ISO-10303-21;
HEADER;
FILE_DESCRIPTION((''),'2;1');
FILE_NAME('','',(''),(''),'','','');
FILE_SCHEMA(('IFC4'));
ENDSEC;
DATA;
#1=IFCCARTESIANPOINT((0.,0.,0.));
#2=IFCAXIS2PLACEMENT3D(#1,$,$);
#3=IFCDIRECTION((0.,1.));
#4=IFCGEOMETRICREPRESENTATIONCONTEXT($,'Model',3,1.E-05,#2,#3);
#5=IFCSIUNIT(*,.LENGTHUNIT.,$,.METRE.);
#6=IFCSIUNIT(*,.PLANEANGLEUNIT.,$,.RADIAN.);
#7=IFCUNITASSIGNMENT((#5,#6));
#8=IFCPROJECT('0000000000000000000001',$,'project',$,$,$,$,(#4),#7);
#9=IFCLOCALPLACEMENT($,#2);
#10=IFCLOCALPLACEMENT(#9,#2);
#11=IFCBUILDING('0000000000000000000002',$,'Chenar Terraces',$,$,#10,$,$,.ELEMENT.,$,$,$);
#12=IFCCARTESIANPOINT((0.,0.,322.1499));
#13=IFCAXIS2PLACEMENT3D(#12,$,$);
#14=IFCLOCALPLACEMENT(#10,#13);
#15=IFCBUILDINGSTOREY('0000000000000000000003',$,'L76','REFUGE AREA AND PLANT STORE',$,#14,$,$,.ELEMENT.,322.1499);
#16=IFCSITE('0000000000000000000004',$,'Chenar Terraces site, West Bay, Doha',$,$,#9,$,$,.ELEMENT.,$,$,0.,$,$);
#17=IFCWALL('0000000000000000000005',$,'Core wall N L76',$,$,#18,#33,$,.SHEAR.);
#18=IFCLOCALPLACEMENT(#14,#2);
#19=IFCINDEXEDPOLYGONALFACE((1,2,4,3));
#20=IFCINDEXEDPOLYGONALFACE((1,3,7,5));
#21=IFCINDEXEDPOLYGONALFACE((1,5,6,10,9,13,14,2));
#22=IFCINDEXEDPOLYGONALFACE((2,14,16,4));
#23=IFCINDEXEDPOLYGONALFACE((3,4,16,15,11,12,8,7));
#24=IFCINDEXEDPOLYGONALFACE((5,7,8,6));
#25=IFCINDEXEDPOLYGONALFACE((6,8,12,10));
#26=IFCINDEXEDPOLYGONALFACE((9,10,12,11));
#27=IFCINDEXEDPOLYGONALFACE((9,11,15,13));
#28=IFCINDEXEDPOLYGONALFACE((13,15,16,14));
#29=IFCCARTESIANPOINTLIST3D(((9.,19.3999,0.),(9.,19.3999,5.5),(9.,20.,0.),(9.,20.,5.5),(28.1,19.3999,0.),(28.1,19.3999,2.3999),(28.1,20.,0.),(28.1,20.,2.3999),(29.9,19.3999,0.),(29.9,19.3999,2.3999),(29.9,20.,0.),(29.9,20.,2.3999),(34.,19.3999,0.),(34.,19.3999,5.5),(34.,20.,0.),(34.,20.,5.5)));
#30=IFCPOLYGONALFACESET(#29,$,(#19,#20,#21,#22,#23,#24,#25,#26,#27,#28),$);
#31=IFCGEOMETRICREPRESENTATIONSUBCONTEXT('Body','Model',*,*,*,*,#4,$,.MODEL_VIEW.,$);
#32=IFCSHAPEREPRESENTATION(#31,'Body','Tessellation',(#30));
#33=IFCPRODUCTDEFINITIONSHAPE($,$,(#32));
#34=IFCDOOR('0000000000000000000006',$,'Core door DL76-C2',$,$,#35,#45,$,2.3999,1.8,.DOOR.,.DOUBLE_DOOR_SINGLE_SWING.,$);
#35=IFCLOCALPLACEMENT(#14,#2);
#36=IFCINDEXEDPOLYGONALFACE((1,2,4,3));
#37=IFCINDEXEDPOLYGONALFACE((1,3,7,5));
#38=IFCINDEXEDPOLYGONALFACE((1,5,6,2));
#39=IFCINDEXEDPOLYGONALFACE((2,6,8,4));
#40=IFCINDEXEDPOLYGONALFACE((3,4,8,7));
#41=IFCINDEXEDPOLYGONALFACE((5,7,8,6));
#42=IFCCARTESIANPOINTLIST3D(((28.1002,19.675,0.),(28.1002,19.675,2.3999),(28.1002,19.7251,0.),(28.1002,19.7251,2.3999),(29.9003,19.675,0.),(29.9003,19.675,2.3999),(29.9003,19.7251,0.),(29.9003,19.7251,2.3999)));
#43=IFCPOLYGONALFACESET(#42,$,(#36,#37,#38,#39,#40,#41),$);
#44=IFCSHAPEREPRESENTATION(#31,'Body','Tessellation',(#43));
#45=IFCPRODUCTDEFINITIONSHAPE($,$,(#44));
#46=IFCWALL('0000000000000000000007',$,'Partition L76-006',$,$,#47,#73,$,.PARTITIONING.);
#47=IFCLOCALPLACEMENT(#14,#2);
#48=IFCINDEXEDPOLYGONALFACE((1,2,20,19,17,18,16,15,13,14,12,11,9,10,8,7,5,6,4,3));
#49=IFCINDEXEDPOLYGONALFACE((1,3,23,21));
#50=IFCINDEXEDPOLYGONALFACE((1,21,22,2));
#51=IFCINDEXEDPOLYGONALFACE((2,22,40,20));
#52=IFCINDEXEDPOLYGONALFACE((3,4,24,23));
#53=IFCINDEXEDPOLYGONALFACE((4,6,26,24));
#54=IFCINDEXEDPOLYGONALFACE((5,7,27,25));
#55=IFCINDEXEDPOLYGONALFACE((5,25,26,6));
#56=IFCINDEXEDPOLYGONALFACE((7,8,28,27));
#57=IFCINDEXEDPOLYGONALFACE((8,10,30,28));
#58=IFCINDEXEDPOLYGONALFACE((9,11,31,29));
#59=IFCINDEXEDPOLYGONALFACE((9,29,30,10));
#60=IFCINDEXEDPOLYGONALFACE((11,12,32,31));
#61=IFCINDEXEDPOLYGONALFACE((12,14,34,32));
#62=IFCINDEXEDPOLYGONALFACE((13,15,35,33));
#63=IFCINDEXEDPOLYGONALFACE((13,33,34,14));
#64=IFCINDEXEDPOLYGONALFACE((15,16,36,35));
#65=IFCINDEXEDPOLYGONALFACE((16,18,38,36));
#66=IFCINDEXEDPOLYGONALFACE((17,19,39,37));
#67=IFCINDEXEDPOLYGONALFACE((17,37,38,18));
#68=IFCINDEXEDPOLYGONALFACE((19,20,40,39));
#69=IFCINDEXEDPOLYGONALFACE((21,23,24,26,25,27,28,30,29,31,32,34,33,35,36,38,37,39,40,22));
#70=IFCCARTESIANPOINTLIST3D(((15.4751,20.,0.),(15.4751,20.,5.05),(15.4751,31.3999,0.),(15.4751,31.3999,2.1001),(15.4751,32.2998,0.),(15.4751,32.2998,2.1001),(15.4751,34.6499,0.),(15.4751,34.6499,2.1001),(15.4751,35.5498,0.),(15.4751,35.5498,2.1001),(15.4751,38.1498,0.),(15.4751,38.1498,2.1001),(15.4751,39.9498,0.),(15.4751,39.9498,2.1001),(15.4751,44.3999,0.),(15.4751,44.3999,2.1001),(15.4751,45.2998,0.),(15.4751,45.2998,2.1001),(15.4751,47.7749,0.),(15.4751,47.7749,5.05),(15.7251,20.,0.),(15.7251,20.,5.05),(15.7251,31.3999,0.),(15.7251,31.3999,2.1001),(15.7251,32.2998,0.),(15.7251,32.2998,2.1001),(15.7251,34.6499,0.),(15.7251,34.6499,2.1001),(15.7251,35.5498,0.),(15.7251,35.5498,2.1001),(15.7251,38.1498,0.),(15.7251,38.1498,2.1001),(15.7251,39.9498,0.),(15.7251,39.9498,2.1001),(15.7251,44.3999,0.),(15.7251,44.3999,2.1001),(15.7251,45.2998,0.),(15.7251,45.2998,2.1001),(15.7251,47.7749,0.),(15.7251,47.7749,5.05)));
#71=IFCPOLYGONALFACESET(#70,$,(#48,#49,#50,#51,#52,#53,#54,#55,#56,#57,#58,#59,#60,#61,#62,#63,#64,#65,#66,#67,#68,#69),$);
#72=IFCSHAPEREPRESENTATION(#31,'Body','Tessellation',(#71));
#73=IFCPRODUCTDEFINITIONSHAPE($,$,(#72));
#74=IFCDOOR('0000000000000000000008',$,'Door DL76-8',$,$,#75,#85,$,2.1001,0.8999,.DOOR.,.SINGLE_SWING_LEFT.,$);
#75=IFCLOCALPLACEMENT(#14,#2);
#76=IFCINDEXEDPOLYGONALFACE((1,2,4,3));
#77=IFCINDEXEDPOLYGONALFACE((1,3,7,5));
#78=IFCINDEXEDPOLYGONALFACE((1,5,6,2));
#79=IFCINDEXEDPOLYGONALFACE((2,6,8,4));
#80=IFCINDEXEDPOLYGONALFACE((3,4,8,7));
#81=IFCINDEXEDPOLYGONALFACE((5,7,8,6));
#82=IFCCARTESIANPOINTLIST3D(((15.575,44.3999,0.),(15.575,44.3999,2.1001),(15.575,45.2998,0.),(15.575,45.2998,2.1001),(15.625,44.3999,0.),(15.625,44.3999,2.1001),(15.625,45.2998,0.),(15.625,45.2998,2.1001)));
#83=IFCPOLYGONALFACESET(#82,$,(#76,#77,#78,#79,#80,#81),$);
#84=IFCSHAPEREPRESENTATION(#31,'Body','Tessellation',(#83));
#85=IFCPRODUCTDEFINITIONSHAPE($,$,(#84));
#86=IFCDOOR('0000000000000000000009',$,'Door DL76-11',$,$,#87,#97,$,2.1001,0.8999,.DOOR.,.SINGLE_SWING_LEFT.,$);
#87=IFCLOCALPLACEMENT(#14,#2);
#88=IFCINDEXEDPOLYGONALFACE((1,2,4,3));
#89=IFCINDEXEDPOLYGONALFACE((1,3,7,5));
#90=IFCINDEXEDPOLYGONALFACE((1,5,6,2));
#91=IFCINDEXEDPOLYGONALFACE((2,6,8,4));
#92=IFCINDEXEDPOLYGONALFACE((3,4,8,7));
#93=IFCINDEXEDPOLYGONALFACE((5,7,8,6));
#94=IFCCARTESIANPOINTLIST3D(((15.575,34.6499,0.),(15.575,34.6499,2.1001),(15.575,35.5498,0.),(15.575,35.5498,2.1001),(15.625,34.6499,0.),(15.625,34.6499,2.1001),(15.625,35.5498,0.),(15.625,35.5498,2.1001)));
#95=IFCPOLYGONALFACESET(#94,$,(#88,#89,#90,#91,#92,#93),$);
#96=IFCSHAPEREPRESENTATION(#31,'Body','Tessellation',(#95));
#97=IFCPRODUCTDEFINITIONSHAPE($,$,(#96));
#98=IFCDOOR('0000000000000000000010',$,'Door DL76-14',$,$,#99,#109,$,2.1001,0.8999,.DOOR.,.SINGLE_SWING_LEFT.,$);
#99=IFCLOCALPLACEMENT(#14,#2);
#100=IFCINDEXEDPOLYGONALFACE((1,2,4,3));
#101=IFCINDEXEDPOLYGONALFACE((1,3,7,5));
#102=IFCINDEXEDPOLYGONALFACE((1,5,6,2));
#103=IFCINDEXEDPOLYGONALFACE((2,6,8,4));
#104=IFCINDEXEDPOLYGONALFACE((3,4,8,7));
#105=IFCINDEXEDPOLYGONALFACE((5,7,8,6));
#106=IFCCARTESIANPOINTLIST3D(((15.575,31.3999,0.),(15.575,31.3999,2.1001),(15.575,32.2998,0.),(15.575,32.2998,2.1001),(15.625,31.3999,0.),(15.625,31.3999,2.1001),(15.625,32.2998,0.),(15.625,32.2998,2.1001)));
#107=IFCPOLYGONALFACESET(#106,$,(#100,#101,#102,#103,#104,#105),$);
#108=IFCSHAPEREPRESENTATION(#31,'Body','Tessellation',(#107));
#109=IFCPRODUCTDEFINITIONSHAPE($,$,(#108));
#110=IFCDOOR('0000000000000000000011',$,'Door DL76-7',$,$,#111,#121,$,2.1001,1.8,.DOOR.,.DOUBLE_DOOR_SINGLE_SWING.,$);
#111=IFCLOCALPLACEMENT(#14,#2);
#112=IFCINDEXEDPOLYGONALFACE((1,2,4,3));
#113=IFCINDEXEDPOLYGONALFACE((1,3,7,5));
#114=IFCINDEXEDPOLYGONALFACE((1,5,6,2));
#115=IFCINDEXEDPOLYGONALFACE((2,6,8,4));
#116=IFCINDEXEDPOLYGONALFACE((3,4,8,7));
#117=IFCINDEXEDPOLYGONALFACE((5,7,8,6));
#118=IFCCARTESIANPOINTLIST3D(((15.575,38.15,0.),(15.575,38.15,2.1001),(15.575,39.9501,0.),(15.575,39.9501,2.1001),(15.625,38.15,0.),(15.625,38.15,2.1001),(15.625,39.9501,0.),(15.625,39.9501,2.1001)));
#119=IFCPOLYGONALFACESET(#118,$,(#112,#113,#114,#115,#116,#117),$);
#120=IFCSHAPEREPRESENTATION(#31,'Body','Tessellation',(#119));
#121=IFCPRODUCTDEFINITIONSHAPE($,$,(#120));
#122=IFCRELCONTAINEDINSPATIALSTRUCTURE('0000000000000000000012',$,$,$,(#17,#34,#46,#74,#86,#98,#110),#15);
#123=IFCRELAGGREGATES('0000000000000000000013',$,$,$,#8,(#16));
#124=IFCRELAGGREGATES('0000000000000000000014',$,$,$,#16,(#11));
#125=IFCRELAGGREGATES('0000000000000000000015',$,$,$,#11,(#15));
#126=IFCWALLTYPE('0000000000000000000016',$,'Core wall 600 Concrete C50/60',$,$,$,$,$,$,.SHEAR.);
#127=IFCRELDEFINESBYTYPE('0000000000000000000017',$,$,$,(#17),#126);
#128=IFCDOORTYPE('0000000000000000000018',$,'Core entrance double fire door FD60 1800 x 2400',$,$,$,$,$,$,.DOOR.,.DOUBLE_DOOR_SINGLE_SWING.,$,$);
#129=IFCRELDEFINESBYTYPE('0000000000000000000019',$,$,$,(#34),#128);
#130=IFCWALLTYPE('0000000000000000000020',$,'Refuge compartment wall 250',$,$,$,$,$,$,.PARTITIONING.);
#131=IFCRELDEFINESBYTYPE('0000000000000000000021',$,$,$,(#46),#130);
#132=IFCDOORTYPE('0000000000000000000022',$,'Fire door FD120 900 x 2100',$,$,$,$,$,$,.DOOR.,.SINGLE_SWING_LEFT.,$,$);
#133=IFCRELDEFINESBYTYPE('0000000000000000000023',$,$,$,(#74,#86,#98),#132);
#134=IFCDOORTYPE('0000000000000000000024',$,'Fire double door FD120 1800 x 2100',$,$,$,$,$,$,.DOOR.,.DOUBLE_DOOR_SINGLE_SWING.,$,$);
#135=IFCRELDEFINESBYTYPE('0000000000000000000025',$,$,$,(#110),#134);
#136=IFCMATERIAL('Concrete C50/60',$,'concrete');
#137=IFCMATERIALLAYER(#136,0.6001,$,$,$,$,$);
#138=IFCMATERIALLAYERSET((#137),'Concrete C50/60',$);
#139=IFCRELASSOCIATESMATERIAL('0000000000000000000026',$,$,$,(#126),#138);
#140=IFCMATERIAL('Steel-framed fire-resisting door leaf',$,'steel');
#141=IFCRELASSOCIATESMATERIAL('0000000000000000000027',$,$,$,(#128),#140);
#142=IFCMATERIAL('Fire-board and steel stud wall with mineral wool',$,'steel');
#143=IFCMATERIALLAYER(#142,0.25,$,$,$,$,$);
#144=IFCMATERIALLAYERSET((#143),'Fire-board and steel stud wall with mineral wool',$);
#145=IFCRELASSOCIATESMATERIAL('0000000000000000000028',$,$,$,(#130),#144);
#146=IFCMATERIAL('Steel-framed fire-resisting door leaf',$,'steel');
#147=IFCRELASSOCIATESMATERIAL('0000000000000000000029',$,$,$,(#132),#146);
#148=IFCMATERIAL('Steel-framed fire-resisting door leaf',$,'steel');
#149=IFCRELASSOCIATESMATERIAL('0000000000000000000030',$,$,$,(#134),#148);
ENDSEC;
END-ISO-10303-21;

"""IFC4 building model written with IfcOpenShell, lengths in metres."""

from ifc_helpers import new_model, si_unit, direction, frame, frame_2d, origin, place, context, subcontext, project, spatial, rectangle, extrude, material, layer, layer_set, type_object, element, fill, save


model = new_model("IFC4")

# Units and contexts
model_context = context("Model", 3, precision=1e-05, world=origin(), true_north=direction((0.0, 1.0)))
body_context = subcontext(model_context, "Body", "Model", "MODEL_VIEW")
ifc_project = project(units=[si_unit("LENGTHUNIT", "METRE"), si_unit("PLANEANGLEUNIT", "RADIAN")], contexts=[model_context])

# Site, building, storey
site_placement = place(None, origin())
site = spatial("IfcSite", under=ifc_project, at=site_placement, Name="Chenar Terraces site, West Bay, Doha", CompositionType="ELEMENT", RefElevation=0.0)
building_placement = place(site_placement, origin())
building = spatial("IfcBuilding", under=site, at=building_placement, Name="Chenar Terraces", CompositionType="ELEMENT")
storey_placement = place(building_placement, frame((0.0, 0.0, 322.1499)))
storey = spatial("IfcBuildingStorey", under=building, at=storey_placement, Name="L76", Description="REFUGE AREA AND PLANT STORE", CompositionType="ELEMENT", Elevation=322.1499)

# Wall, opening, door
ifc_material_1 = material(Name="Concrete C50/60", Category="concrete")
ifc_layer_1 = layer(ifc_material_1, 0.6001)
ifc_layer_set_1 = layer_set([ifc_layer_1], Name="Concrete C50/60")
wall_type_1 = type_object("IfcWallType", Name="Core wall 600 Concrete C50/60", PredefinedType="SHEAR", material=ifc_layer_set_1)
wall_1_placement = place(storey_placement, frame((9.0, 19.7, 0.0), z_axis=(0.0, 0.0, 1.0), x_axis=(1.0, 0.0, 0.0)))
wall_1 = element("IfcWall", 1, at=wall_1_placement, inside=storey, type_object=wall_type_1, Name="Core wall N L76", PredefinedType="SHEAR", context=body_context, shape_type="SweptSolid", body=[
    extrude(rectangle(XDim=25.0, YDim=0.6001, at=frame_2d((12.5, 0.0))), origin(), (0.0, 0.0, 1.0), 5.5),
])
opening_1_placement = place(wall_1_placement, frame((19.1001, 0.0, 0.0)))
opening_1 = element("IfcOpeningElement", 2, at=opening_1_placement, cuts=wall_1, PredefinedType="OPENING", context=body_context, shape_type="SweptSolid", body=[
    extrude(rectangle(XDim=1.8, YDim=2.3999, at=frame_2d((0.8999, 1.2))), frame((0.0, 0.3101, 0.0), z_axis=(0.0, -1.0, 0.0), x_axis=(1.0, 0.0, 0.0)), (0.0, 0.0, 1.0), 0.6201),
])
ifc_material_2 = material(Name="Steel-framed fire-resisting door leaf", Category="steel")
door_type_1 = type_object("IfcDoorType", Name="Core entrance double fire door FD60 1800 x 2400", OperationType="DOUBLE_DOOR_SINGLE_SWING", PredefinedType="DOOR", material=ifc_material_2)
door_1_placement = place(opening_1_placement, frame((1.8, 0.0, 0.0), z_axis=(0.0, 0.0, 1.0), x_axis=(-1.0, 0.0, 0.0)))
door_1 = element("IfcDoor", 3, at=door_1_placement, inside=storey, type_object=door_type_1, Name="Core door DL76-C2", OperationType="DOUBLE_DOOR_SINGLE_SWING", OverallHeight=2.3999, OverallWidth=1.8, PredefinedType="DOOR", context=body_context, shape_type="SweptSolid", body=[
    extrude(rectangle(XDim=1.8, YDim=2.3999, at=frame_2d((0.8999, 1.2))), frame((0.0, 0.0249, 0.0), z_axis=(0.0, -1.0, 0.0), x_axis=(1.0, 0.0, 0.0)), (0.0, 0.0, 1.0), 0.05),
])
fill(opening_1, door_1)

# Wall, openings, doors
ifc_material_3 = material(Name="Fire-board and steel stud wall with mineral wool", Category="steel")
ifc_layer_2 = layer(ifc_material_3, 0.25)
ifc_layer_set_2 = layer_set([ifc_layer_2], Name="Fire-board and steel stud wall with mineral wool")
wall_type_2 = type_object("IfcWallType", Name="Refuge compartment wall 250", PredefinedType="PARTITIONING", material=ifc_layer_set_2)
wall_2_placement = place(storey_placement, frame((15.6001, 20.0, 0.0), z_axis=(0.0, 0.0, 1.0), x_axis=(0.0, 1.0, 0.0)))
wall_2 = element("IfcWall", 4, at=wall_2_placement, inside=storey, type_object=wall_type_2, Name="Partition L76-006", PredefinedType="PARTITIONING", context=body_context, shape_type="SweptSolid", body=[
    extrude(rectangle(XDim=27.7749, YDim=0.25, at=frame_2d((13.8875, 0.0))), origin(), (0.0, 0.0, 1.0), 5.05),
])
opening_2_placement = place(wall_2_placement, frame((18.1499, 0.0, 0.0)))
opening_2 = element("IfcOpeningElement", 5, at=opening_2_placement, cuts=wall_2, PredefinedType="OPENING", context=body_context, shape_type="SweptSolid", body=[
    extrude(rectangle(XDim=1.8, YDim=2.1001, at=frame_2d((0.8999, 1.05))), frame((0.0, 0.135, 0.0), z_axis=(0.0, -1.0, 0.0), x_axis=(1.0, 0.0, 0.0)), (0.0, 0.0, 1.0), 0.27),
])
opening_3_placement = place(wall_2_placement, frame((24.3999, 0.0, 0.0)))
opening_3 = element("IfcOpeningElement", 6, at=opening_3_placement, cuts=wall_2, PredefinedType="OPENING", context=body_context, shape_type="SweptSolid", body=[
    extrude(rectangle(XDim=0.8999, YDim=2.1001, at=frame_2d((0.45, 1.05))), frame((0.0, 0.135, 0.0), z_axis=(0.0, -1.0, 0.0), x_axis=(1.0, 0.0, 0.0)), (0.0, 0.0, 1.0), 0.27),
])
opening_4_placement = place(wall_2_placement, frame((14.6499, 0.0, 0.0)))
opening_4 = element("IfcOpeningElement", 7, at=opening_4_placement, cuts=wall_2, PredefinedType="OPENING", context=body_context, shape_type="SweptSolid", body=[
    extrude(rectangle(XDim=0.8999, YDim=2.1001, at=frame_2d((0.45, 1.05))), frame((0.0, 0.135, 0.0), z_axis=(0.0, -1.0, 0.0), x_axis=(1.0, 0.0, 0.0)), (0.0, 0.0, 1.0), 0.27),
])
opening_5_placement = place(wall_2_placement, frame((11.3999, 0.0, 0.0)))
opening_5 = element("IfcOpeningElement", 8, at=opening_5_placement, cuts=wall_2, PredefinedType="OPENING", context=body_context, shape_type="SweptSolid", body=[
    extrude(rectangle(XDim=0.8999, YDim=2.1001, at=frame_2d((0.45, 1.05))), frame((0.0, 0.135, 0.0), z_axis=(0.0, -1.0, 0.0), x_axis=(1.0, 0.0, 0.0)), (0.0, 0.0, 1.0), 0.27),
])
ifc_material_4 = material(Name="Steel-framed fire-resisting door leaf", Category="steel")
door_type_2 = type_object("IfcDoorType", Name="Fire door FD120 900 x 2100", OperationType="SINGLE_SWING_LEFT", PredefinedType="DOOR", material=ifc_material_4)
door_2_placement = place(opening_3_placement, frame((0.8999, 0.0, 0.0), z_axis=(0.0, 0.0, 1.0), x_axis=(-1.0, 0.0, 0.0)))
door_2 = element("IfcDoor", 9, at=door_2_placement, inside=storey, type_object=door_type_2, Name="Door DL76-8", OperationType="SINGLE_SWING_LEFT", OverallHeight=2.1001, OverallWidth=0.8999, PredefinedType="DOOR", context=body_context, shape_type="SweptSolid", body=[
    extrude(rectangle(XDim=0.8999, YDim=2.1001, at=frame_2d((0.45, 1.05))), frame((0.0, 0.0249, 0.0), z_axis=(0.0, -1.0, 0.0), x_axis=(1.0, 0.0, 0.0)), (0.0, 0.0, 1.0), 0.05),
])
fill(opening_3, door_2)
door_3_placement = place(opening_4_placement, frame((0.8999, 0.0, 0.0), z_axis=(0.0, 0.0, 1.0), x_axis=(-1.0, 0.0, 0.0)))
door_3 = element("IfcDoor", 10, at=door_3_placement, inside=storey, type_object=door_type_2, Name="Door DL76-11", OperationType="SINGLE_SWING_LEFT", OverallHeight=2.1001, OverallWidth=0.8999, PredefinedType="DOOR", context=body_context, shape_type="SweptSolid", body=[
    extrude(rectangle(XDim=0.8999, YDim=2.1001, at=frame_2d((0.45, 1.05))), frame((0.0, 0.0249, 0.0), z_axis=(0.0, -1.0, 0.0), x_axis=(1.0, 0.0, 0.0)), (0.0, 0.0, 1.0), 0.05),
])
fill(opening_4, door_3)
door_4_placement = place(opening_5_placement, frame((0.8999, 0.0, 0.0), z_axis=(0.0, 0.0, 1.0), x_axis=(-1.0, 0.0, 0.0)))
door_4 = element("IfcDoor", 11, at=door_4_placement, inside=storey, type_object=door_type_2, Name="Door DL76-14", OperationType="SINGLE_SWING_LEFT", OverallHeight=2.1001, OverallWidth=0.8999, PredefinedType="DOOR", context=body_context, shape_type="SweptSolid", body=[
    extrude(rectangle(XDim=0.8999, YDim=2.1001, at=frame_2d((0.45, 1.05))), frame((0.0, 0.0249, 0.0), z_axis=(0.0, -1.0, 0.0), x_axis=(1.0, 0.0, 0.0)), (0.0, 0.0, 1.0), 0.05),
])
fill(opening_5, door_4)
ifc_material_5 = material(Name="Steel-framed fire-resisting door leaf", Category="steel")
door_type_3 = type_object("IfcDoorType", Name="Fire double door FD120 1800 x 2100", OperationType="DOUBLE_DOOR_SINGLE_SWING", PredefinedType="DOOR", material=ifc_material_5)
door_5_placement = place(opening_2_placement, frame((1.8, 0.0, 0.0), z_axis=(0.0, 0.0, 1.0), x_axis=(-1.0, 0.0, 0.0)))
door_5 = element("IfcDoor", 12, at=door_5_placement, inside=storey, type_object=door_type_3, Name="Door DL76-7", OperationType="DOUBLE_DOOR_SINGLE_SWING", OverallHeight=2.1001, OverallWidth=1.8, PredefinedType="DOOR", context=body_context, shape_type="SweptSolid", body=[
    extrude(rectangle(XDim=1.8, YDim=2.1001, at=frame_2d((0.8999, 1.05))), frame((0.0, 0.0249, 0.0), z_axis=(0.0, -1.0, 0.0), x_axis=(1.0, 0.0, 0.0)), (0.0, 0.0, 1.0), 0.05),
])
fill(opening_2, door_5)

save(model, "model.ifc")
